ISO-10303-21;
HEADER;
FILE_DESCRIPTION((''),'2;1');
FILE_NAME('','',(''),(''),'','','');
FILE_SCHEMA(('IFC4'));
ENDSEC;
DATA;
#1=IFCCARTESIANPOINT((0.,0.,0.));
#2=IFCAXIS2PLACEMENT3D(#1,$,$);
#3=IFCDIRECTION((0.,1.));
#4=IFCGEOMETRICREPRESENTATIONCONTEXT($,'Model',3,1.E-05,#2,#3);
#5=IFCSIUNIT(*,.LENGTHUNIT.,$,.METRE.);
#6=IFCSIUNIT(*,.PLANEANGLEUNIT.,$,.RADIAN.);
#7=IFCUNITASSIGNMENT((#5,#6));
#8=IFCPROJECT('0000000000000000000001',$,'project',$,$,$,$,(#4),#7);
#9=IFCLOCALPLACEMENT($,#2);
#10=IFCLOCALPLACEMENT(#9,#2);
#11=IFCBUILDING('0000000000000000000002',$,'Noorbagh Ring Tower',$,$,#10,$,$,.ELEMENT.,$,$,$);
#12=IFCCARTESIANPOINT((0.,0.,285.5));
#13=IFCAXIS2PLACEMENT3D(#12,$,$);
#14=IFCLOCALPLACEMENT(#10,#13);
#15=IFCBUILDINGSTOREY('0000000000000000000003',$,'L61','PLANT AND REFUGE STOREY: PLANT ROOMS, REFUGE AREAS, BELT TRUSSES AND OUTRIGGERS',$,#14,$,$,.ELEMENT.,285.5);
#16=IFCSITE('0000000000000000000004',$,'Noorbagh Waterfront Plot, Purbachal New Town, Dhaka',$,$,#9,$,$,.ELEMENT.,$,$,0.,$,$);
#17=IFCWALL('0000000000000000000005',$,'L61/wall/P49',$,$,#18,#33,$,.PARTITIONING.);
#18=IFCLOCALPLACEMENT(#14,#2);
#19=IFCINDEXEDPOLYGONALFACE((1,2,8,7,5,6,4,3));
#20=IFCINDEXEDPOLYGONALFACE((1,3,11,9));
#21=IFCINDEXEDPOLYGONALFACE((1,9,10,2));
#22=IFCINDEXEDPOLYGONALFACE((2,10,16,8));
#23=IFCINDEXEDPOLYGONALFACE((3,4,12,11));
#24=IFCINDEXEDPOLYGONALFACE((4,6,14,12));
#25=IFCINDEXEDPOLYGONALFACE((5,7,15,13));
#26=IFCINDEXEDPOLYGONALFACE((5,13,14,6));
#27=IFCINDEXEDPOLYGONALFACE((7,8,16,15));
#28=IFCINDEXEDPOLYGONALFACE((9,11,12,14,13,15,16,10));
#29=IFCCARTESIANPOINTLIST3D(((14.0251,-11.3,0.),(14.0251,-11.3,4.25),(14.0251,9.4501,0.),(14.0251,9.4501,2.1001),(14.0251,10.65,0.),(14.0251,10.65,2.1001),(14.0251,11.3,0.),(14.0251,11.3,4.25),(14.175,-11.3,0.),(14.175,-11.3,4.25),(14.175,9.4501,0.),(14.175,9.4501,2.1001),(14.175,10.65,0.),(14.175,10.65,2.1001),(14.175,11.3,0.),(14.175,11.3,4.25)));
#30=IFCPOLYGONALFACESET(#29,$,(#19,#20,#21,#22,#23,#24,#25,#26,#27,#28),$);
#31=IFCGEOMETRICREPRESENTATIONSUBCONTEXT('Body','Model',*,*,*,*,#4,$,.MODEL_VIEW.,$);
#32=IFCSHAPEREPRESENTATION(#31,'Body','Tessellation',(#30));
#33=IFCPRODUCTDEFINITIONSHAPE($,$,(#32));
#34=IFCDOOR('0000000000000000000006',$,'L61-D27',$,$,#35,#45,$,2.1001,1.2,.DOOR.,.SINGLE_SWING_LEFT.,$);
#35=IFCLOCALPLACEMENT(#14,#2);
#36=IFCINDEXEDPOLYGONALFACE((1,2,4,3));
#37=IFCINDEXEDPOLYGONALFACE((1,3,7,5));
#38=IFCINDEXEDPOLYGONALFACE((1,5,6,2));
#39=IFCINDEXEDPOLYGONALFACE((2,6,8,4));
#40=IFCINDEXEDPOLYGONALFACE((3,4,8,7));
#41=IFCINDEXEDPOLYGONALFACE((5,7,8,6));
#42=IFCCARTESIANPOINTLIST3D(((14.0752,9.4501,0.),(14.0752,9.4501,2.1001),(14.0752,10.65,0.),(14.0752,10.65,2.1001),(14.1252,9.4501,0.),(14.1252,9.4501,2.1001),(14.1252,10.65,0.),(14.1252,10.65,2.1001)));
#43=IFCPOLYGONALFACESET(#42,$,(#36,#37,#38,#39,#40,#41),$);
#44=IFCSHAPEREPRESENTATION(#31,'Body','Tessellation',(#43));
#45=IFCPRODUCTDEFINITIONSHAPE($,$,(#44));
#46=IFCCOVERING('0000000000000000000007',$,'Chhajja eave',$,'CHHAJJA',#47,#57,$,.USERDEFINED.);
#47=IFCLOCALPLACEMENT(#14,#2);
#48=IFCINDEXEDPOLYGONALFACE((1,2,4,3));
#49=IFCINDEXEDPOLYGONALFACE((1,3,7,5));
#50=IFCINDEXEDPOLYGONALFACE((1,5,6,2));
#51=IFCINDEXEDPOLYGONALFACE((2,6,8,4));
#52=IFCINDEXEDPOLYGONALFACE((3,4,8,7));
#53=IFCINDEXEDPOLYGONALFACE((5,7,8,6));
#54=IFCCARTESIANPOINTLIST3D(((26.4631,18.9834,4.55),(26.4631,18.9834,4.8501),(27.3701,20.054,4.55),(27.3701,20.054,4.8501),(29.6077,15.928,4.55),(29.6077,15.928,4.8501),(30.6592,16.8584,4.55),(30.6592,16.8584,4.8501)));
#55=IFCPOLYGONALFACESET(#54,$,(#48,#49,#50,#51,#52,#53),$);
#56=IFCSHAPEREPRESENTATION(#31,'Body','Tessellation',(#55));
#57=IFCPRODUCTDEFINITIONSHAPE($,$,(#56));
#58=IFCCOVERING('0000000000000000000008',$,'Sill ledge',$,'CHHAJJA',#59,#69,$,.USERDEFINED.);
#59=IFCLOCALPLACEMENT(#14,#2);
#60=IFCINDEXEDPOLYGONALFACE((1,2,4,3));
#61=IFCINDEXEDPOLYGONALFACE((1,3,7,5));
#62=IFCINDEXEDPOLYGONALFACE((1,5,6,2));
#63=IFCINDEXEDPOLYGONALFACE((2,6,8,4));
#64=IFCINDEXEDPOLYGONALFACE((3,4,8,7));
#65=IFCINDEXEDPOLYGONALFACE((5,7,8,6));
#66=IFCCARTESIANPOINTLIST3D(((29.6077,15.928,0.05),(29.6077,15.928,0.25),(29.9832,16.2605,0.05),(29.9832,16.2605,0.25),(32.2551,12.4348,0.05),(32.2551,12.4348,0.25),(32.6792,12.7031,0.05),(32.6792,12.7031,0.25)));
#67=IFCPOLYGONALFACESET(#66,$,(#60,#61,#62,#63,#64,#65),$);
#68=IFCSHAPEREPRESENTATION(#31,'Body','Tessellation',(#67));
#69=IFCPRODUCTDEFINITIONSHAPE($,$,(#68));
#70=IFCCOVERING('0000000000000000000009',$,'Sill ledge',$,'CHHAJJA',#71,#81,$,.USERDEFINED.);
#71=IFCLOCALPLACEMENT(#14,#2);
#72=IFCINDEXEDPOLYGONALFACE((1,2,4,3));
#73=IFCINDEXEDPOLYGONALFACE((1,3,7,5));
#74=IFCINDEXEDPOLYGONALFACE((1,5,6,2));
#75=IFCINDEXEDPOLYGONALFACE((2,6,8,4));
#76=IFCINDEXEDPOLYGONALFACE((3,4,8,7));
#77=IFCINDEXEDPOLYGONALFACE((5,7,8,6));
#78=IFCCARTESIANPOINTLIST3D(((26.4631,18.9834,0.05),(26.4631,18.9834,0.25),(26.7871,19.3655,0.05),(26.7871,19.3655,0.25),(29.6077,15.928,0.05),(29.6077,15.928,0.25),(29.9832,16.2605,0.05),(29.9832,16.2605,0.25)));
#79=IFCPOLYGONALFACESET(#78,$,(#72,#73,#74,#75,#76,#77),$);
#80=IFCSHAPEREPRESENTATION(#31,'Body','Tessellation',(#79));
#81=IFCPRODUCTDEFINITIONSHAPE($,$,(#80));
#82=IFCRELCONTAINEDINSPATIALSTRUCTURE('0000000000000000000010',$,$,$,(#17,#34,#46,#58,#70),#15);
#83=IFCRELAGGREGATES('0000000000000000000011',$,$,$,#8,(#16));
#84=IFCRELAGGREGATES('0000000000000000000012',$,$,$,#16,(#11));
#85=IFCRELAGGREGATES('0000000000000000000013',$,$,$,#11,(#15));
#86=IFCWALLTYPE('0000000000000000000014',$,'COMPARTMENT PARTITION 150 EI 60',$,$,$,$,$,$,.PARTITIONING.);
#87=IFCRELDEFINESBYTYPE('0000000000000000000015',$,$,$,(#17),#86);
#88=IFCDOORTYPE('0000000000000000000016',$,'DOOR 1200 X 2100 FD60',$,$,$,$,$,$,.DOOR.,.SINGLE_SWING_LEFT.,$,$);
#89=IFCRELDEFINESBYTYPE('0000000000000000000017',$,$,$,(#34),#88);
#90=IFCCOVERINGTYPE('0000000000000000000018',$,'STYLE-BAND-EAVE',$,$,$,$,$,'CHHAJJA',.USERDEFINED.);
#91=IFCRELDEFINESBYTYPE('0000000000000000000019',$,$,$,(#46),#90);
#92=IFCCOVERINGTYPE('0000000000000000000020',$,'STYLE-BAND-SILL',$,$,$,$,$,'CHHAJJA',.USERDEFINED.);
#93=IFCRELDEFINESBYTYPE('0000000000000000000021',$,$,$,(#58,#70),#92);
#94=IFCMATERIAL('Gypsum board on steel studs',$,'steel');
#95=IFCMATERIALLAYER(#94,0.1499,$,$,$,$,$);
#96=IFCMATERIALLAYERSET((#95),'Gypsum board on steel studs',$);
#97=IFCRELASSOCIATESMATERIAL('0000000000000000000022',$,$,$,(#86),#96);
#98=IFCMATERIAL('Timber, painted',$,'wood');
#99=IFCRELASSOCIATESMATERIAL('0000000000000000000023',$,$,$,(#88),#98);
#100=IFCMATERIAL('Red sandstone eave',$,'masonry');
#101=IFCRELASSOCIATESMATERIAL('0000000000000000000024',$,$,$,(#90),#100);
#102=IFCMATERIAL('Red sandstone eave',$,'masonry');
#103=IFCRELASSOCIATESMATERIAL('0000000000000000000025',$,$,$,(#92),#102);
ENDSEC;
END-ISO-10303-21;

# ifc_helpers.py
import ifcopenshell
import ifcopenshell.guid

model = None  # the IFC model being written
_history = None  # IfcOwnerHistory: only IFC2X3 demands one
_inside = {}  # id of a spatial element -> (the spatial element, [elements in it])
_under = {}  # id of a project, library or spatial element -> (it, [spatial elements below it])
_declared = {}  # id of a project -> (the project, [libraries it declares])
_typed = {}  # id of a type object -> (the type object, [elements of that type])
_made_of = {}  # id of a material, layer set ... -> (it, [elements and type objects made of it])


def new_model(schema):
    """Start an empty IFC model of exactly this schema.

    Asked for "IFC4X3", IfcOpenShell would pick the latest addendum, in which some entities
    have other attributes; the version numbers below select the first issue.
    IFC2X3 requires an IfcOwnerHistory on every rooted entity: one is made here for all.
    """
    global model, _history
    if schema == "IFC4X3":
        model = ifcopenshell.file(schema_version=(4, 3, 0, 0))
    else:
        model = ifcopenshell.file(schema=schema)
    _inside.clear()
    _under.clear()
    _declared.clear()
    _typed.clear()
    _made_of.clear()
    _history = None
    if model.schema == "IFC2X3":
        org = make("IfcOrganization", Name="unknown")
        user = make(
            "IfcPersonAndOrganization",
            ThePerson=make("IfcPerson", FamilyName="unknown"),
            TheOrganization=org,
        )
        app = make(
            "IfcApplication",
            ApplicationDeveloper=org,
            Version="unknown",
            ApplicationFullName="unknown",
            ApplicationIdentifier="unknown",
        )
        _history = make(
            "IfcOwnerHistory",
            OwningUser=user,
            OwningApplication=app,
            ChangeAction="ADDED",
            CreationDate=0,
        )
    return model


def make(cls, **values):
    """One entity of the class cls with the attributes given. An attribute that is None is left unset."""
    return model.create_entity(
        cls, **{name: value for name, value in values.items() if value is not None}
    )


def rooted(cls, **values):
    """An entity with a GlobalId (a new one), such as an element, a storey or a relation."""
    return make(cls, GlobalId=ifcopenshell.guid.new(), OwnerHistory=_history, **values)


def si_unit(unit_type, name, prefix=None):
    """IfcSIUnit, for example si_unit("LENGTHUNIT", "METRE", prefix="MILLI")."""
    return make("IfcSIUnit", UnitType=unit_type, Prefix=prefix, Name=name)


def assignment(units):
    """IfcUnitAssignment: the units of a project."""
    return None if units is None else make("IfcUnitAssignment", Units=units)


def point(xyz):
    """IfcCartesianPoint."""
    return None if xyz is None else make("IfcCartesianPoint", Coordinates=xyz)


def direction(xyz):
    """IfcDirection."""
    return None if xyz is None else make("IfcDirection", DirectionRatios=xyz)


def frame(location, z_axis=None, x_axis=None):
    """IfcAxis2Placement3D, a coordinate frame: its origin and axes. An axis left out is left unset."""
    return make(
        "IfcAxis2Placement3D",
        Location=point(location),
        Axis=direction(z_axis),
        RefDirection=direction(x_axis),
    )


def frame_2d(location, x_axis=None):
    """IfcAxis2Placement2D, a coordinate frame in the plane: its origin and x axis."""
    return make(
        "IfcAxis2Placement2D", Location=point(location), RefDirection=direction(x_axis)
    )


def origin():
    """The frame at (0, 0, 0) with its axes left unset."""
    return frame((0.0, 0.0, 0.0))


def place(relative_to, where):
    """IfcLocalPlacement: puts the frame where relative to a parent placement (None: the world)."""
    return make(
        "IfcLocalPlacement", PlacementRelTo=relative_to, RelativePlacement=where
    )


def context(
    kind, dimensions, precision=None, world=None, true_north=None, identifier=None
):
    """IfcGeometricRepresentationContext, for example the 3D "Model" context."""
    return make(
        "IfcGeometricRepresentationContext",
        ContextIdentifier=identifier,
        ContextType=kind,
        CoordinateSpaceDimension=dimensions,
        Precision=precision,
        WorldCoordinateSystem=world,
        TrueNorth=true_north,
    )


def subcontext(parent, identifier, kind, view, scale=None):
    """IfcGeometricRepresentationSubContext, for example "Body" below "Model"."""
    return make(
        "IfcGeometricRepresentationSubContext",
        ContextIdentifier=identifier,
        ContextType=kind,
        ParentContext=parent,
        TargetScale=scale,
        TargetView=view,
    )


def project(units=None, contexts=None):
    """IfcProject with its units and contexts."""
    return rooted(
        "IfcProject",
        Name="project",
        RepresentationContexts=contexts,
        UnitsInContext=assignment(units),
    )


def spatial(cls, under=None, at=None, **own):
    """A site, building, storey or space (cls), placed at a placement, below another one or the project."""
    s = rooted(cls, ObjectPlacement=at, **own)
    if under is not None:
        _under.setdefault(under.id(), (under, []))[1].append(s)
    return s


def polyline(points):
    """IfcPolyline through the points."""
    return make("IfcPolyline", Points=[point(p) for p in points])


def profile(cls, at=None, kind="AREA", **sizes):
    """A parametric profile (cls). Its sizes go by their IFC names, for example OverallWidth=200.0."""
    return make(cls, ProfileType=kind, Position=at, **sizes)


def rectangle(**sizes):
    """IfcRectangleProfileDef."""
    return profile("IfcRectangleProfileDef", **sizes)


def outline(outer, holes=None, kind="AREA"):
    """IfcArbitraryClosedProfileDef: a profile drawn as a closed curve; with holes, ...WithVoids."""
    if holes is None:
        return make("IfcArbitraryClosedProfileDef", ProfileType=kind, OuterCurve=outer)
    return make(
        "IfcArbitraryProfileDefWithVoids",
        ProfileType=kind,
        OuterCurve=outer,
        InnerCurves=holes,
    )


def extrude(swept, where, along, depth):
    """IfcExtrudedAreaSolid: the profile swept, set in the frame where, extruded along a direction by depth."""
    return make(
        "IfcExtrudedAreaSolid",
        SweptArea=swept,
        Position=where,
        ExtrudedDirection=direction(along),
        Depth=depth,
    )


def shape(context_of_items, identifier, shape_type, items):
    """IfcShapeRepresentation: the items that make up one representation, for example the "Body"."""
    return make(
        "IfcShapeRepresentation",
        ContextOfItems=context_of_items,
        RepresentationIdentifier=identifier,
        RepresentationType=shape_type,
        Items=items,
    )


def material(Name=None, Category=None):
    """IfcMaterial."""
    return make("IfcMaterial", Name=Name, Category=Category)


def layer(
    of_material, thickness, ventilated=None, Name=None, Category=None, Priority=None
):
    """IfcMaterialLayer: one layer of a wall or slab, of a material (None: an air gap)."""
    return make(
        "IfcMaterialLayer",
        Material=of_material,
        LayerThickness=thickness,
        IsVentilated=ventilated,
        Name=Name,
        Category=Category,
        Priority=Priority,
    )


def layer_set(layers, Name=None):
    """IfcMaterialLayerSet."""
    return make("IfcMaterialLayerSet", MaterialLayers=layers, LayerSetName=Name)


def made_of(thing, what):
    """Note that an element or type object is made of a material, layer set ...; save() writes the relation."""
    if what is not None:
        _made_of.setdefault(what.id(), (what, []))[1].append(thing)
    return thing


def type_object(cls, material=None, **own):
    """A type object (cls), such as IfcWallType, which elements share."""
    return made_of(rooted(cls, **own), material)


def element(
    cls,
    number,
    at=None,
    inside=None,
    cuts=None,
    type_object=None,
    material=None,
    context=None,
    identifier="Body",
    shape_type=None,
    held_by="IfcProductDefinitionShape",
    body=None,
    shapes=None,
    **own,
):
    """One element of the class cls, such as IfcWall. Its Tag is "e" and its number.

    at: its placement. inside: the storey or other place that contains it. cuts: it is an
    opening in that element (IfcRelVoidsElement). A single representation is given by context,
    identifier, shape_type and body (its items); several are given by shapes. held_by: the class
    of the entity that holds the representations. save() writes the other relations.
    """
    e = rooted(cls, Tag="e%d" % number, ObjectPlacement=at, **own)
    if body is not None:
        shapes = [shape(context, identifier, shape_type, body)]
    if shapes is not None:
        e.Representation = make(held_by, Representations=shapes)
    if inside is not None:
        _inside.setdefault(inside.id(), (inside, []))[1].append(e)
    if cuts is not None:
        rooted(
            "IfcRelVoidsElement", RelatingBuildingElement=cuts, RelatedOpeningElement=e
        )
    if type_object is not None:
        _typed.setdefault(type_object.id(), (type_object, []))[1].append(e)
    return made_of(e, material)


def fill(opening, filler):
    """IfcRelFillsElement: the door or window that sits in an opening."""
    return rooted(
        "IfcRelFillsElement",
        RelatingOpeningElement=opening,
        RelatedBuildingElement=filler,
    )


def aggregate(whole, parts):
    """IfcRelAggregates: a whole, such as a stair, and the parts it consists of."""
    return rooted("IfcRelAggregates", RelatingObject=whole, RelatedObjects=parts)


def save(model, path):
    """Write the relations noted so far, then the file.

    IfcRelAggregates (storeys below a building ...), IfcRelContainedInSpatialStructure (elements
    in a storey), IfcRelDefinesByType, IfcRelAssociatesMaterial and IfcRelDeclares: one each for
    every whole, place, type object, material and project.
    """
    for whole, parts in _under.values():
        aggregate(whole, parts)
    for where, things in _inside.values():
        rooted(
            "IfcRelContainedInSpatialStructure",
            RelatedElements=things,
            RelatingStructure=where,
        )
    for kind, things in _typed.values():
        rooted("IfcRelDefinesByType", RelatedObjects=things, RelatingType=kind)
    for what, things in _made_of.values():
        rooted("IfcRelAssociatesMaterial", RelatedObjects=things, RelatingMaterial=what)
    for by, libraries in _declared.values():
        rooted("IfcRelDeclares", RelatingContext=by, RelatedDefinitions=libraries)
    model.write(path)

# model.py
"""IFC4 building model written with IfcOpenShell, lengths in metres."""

from ifc_helpers import new_model, si_unit, direction, frame, frame_2d, origin, place, context, subcontext, project, spatial, polyline, rectangle, outline, extrude, material, layer, layer_set, type_object, element, fill, save


model = new_model("IFC4")

# Units and contexts
model_context = context("Model", 3, precision=1e-05, world=origin(), true_north=direction((0.0, 1.0)))
body_context = subcontext(model_context, "Body", "Model", "MODEL_VIEW")
ifc_project = project(units=[si_unit("LENGTHUNIT", "METRE"), si_unit("PLANEANGLEUNIT", "RADIAN")], contexts=[model_context])

# Site, building, storey
site_placement = place(None, origin())
site = spatial("IfcSite", under=ifc_project, at=site_placement, Name="Noorbagh Waterfront Plot, Purbachal New Town, Dhaka", CompositionType="ELEMENT", RefElevation=0.0)
building_placement = place(site_placement, origin())
building = spatial("IfcBuilding", under=site, at=building_placement, Name="Noorbagh Ring Tower", CompositionType="ELEMENT")
storey_placement = place(building_placement, frame((0.0, 0.0, 285.5)))
storey = spatial("IfcBuildingStorey", under=building, at=storey_placement, Name="L61", Description="PLANT AND REFUGE STOREY: PLANT ROOMS, REFUGE AREAS, BELT TRUSSES AND OUTRIGGERS", CompositionType="ELEMENT", Elevation=285.5)

# Shared definitions
ifc_material_1 = material(Name="Gypsum board on steel studs", Category="steel")
ifc_layer = layer(ifc_material_1, 0.1499)
ifc_layer_set = layer_set([ifc_layer], Name="Gypsum board on steel studs")
wall_type = type_object("IfcWallType", Name="COMPARTMENT PARTITION 150 EI 60", PredefinedType="PARTITIONING", material=ifc_layer_set)

# Shared definitions
ifc_material_2 = material(Name="Timber, painted", Category="wood")
door_type_1 = type_object("IfcDoorType", Name="DOOR 1200 X 2100 FD60", OperationType="SINGLE_SWING_LEFT", PredefinedType="DOOR", material=ifc_material_2)

# Wall, opening, door
wall_1_placement = place(storey_placement, frame((14.1001, -11.3, 0.0), z_axis=(0.0, 0.0, 1.0), x_axis=(0.0, 1.0, 0.0)))
wall_1 = element("IfcWall", 1, at=wall_1_placement, inside=storey, type_object=wall_type, Name="L61/wall/P49", PredefinedType="PARTITIONING", context=body_context, shape_type="SweptSolid", body=[
    extrude(rectangle(XDim=22.6001, YDim=0.1499, at=frame_2d((11.3, 0.0))), origin(), (0.0, 0.0, 1.0), 4.25),
])
opening_1_placement = place(wall_1_placement, frame((20.75, 0.0, 0.0)))
opening_1 = element("IfcOpeningElement", 2, at=opening_1_placement, cuts=wall_1, PredefinedType="OPENING", context=body_context, shape_type="SweptSolid", body=[
    extrude(rectangle(XDim=1.2, YDim=2.1001, at=frame_2d((0.6001, 1.05))), frame((0.0, 0.085, 0.0), z_axis=(0.0, -1.0, 0.0), x_axis=(1.0, 0.0, 0.0)), (0.0, 0.0, 1.0), 0.1699),
])
door_1_placement = place(opening_1_placement, origin())
door_1 = element("IfcDoor", 3, at=door_1_placement, inside=storey, type_object=door_type_1, Name="L61-D27", OperationType="SINGLE_SWING_LEFT", OverallHeight=2.1001, OverallWidth=1.2, PredefinedType="DOOR", context=body_context, shape_type="SweptSolid", body=[
    extrude(rectangle(XDim=1.2, YDim=2.1001, at=frame_2d((0.6001, 1.05))), frame((0.0, 0.0249, 0.0), z_axis=(0.0, -1.0, 0.0), x_axis=(1.0, 0.0, 0.0)), (0.0, 0.0, 1.0), 0.05),
])
fill(opening_1, door_1)

# Coverings
ifc_material_3 = material(Name="Red sandstone eave", Category="masonry")
covering_type_1 = type_object("IfcCoveringType", Name="STYLE-BAND-EAVE", ElementType="CHHAJJA", PredefinedType="USERDEFINED", material=ifc_material_3)
covering_1_placement = place(storey_placement, frame((0.0, 0.0, 4.55)))
element("IfcCovering", 4, at=covering_1_placement, inside=storey, type_object=covering_type_1, Name="Chhajja eave", ObjectType="CHHAJJA", PredefinedType="USERDEFINED", context=body_context, shape_type="SweptSolid", body=[
    extrude(outline(polyline([(29.6077, 15.928), (26.4631, 18.9834), (27.3701, 20.054), (30.6592, 16.8584), (29.6077, 15.928)])), origin(), (0.0, 0.0, 1.0), 0.3),
])
ifc_material_4 = material(Name="Red sandstone eave", Category="masonry")
covering_type_2 = type_object("IfcCoveringType", Name="STYLE-BAND-SILL", ElementType="CHHAJJA", PredefinedType="USERDEFINED", material=ifc_material_4)
covering_2_placement = place(storey_placement, frame((0.0, 0.0, 0.05)))
element("IfcCovering", 5, at=covering_2_placement, inside=storey, type_object=covering_type_2, Name="Sill ledge", ObjectType="CHHAJJA", PredefinedType="USERDEFINED", context=body_context, shape_type="SweptSolid", body=[
    extrude(outline(polyline([(32.2551, 12.4348), (29.6077, 15.928), (29.9832, 16.2605), (32.6792, 12.7031), (32.2551, 12.4348)])), origin(), (0.0, 0.0, 1.0), 0.2),
])
covering_3_placement = place(storey_placement, frame((0.0, 0.0, 0.05)))
element("IfcCovering", 6, at=covering_3_placement, inside=storey, type_object=covering_type_2, Name="Sill ledge", ObjectType="CHHAJJA", PredefinedType="USERDEFINED", context=body_context, shape_type="SweptSolid", body=[
    extrude(outline(polyline([(29.6077, 15.928), (26.4631, 18.9834), (26.7871, 19.3655), (29.9832, 16.2605), (29.6077, 15.928)])), origin(), (0.0, 0.0, 1.0), 0.2),
])

save(model, "model.ifc")
